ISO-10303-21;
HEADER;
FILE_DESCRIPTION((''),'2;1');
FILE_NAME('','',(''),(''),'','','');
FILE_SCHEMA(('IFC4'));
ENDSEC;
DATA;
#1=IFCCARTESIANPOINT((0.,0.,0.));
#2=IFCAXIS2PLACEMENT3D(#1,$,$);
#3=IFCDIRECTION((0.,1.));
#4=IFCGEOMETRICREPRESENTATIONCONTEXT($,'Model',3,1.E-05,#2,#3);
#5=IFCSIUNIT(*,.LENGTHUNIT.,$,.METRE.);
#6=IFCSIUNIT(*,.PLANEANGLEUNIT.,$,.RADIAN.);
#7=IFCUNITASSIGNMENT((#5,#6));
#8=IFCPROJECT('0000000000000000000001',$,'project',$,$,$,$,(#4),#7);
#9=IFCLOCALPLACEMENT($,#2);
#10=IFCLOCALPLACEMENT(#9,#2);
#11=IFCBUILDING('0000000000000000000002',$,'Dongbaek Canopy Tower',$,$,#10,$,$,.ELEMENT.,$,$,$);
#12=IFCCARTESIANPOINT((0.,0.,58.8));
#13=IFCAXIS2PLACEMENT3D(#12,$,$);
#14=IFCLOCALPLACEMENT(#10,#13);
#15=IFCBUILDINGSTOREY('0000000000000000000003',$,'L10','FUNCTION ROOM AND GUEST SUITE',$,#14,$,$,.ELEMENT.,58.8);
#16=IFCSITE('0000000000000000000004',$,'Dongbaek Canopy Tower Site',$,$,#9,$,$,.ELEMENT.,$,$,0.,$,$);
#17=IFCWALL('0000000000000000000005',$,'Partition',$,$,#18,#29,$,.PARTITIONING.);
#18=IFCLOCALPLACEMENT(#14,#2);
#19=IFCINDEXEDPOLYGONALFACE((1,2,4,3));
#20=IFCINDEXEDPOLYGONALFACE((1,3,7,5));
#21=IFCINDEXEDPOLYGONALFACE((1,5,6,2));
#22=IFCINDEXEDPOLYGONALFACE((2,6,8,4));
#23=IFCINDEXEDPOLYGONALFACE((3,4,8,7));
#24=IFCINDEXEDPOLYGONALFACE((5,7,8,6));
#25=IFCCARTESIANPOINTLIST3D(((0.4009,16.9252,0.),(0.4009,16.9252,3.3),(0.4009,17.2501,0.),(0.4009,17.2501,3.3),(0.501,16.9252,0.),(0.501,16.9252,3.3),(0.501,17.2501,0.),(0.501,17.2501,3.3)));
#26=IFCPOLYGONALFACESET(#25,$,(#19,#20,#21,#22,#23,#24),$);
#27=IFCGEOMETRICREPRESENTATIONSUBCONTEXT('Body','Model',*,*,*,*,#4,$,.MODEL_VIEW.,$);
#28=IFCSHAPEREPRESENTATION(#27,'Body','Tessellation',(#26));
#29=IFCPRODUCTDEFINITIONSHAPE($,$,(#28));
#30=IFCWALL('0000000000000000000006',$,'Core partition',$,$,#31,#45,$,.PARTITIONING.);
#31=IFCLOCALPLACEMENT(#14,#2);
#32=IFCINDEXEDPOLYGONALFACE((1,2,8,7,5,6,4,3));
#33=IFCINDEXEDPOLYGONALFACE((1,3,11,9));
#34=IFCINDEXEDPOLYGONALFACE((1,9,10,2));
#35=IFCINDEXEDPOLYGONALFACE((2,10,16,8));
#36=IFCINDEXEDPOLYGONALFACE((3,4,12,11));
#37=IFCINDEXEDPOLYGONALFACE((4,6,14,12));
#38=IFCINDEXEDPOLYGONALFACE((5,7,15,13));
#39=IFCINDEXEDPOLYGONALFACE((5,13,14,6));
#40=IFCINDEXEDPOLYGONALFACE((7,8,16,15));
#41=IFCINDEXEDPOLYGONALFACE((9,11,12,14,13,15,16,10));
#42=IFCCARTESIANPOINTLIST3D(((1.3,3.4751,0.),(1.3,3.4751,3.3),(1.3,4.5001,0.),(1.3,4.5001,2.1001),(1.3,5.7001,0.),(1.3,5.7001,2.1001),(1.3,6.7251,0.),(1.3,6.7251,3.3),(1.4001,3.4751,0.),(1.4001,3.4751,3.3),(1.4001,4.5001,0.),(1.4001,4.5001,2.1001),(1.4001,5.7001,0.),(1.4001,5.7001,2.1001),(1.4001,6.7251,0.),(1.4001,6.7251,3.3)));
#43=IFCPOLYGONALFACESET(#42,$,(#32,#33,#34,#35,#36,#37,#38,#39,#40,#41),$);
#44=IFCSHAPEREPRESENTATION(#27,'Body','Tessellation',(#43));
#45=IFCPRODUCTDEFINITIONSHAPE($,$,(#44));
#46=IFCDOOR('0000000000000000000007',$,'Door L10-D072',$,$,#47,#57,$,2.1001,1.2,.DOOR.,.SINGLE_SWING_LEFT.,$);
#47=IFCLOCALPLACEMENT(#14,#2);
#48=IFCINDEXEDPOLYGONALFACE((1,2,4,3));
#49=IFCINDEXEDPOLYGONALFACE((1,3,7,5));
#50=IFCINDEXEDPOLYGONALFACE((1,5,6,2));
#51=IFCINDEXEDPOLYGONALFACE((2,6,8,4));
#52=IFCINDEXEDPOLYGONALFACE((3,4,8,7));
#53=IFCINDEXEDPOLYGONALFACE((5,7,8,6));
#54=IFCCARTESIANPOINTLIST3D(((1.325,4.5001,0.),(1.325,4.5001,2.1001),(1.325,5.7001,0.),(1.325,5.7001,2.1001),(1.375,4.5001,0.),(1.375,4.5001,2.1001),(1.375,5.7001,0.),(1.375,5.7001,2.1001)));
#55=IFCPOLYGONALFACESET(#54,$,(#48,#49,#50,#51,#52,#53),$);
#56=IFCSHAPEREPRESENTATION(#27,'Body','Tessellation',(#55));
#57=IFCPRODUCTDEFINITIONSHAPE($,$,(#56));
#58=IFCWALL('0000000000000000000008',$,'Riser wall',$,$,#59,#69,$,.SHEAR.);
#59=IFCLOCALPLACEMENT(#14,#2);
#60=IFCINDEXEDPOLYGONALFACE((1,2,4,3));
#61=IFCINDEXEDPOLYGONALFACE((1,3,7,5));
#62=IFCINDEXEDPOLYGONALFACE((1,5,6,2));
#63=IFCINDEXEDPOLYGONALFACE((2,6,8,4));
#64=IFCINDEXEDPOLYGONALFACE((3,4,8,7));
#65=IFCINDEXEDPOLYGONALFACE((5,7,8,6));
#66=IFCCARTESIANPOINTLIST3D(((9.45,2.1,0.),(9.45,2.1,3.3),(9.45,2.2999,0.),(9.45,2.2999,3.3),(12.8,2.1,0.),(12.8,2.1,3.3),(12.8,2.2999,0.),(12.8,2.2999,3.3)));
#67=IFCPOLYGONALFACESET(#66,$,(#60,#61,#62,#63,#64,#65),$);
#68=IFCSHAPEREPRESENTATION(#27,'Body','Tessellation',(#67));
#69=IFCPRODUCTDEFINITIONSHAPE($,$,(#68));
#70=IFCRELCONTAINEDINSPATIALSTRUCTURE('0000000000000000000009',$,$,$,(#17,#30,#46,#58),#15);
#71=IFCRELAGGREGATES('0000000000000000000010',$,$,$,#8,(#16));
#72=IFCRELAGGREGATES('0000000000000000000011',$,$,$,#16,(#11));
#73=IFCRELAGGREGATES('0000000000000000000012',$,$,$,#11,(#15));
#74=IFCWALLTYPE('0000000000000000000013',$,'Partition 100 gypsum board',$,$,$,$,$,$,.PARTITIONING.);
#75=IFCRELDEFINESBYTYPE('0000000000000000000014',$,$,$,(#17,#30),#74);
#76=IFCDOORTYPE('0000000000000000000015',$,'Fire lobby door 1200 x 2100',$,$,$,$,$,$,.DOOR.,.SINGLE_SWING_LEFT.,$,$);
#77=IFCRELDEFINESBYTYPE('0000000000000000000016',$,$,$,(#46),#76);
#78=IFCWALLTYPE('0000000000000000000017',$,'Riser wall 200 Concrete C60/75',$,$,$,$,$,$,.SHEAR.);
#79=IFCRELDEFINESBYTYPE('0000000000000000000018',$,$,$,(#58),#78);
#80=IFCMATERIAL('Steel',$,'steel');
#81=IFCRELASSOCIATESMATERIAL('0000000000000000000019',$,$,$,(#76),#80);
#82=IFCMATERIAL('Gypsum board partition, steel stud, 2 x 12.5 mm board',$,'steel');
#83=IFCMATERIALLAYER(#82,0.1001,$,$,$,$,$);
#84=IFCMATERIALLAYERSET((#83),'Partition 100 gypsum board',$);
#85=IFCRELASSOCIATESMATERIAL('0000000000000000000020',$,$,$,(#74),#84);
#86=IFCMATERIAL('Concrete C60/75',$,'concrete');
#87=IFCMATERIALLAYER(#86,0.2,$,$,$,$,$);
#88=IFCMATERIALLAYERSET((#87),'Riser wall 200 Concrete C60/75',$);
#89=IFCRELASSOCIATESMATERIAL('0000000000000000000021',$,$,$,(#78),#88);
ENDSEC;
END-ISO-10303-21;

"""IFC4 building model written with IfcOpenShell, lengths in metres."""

from ifc_helpers import new_model, si_unit, direction, frame, frame_2d, origin, place, context, subcontext, project, spatial, rectangle, extrude, material, layer, layer_set, type_object, element, fill, save


model = new_model("IFC4")

# Units and contexts
model_context = context("Model", 3, precision=1e-05, world=origin(), true_north=direction((0.0, 1.0)))
body_context = subcontext(model_context, "Body", "Model", "MODEL_VIEW")
ifc_project = project(units=[si_unit("LENGTHUNIT", "METRE"), si_unit("PLANEANGLEUNIT", "RADIAN")], contexts=[model_context])

# Site, building, storey
site_placement = place(None, origin())
site = spatial("IfcSite", under=ifc_project, at=site_placement, Name="Dongbaek Canopy Tower Site", CompositionType="ELEMENT", RefElevation=0.0)
building_placement = place(site_placement, origin())
building = spatial("IfcBuilding", under=site, at=building_placement, Name="Dongbaek Canopy Tower", CompositionType="ELEMENT")
storey_placement = place(building_placement, frame((0.0, 0.0, 58.8)))
storey = spatial("IfcBuildingStorey", under=building, at=storey_placement, Name="L10", Description="FUNCTION ROOM AND GUEST SUITE", CompositionType="ELEMENT", Elevation=58.8)

# Shared definitions
ifc_material_1 = material(Name="Steel", Category="steel")
door_type_1 = type_object("IfcDoorType", Name="Fire lobby door 1200 x 2100", OperationType="SINGLE_SWING_LEFT", PredefinedType="DOOR", material=ifc_material_1)

# Wall
ifc_material_2 = material(Name="Gypsum board partition, steel stud, 2 x 12.5 mm board", Category="steel")
ifc_layer_1 = layer(ifc_material_2, 0.1001)
ifc_layer_set_1 = layer_set([ifc_layer_1], Name="Partition 100 gypsum board")
wall_type_1 = type_object("IfcWallType", Name="Partition 100 gypsum board", PredefinedType="PARTITIONING", material=ifc_layer_set_1)
wall_1_placement = place(storey_placement, frame((0.4509, 16.925, 0.0), z_axis=(0.0, 0.0, 1.0), x_axis=(0.0, 1.0, 0.0)))
element("IfcWall", 1, at=wall_1_placement, inside=storey, type_object=wall_type_1, Name="Partition", PredefinedType="PARTITIONING", context=body_context, shape_type="SweptSolid", body=[
    extrude(rectangle(XDim=0.325, YDim=0.1001, at=frame_2d((0.1626, 0.0))), origin(), (0.0, 0.0, 1.0), 3.3),
])

# Wall, opening, door
wall_2_placement = place(storey_placement, frame((1.3501, 6.7251, 0.0), z_axis=(0.0, 0.0, 1.0), x_axis=(0.0, -1.0, 0.0)))
wall_2 = element("IfcWall", 2, at=wall_2_placement, inside=storey, type_object=wall_type_1, Name="Core partition", PredefinedType="PARTITIONING", context=body_context, shape_type="SweptSolid", body=[
    extrude(rectangle(XDim=3.25, YDim=0.1001, at=frame_2d((1.625, 0.0))), origin(), (0.0, 0.0, 1.0), 3.3),
])
opening_1_placement = place(wall_2_placement, frame((1.0249, 0.0, 0.0)))
opening_1 = element("IfcOpeningElement", 3, at=opening_1_placement, cuts=wall_2, PredefinedType="OPENING", context=body_context, shape_type="SweptSolid", body=[
    extrude(rectangle(XDim=1.2, YDim=2.1001, at=frame_2d((0.6001, 1.05))), frame((0.0, 0.0601, 0.0), z_axis=(0.0, -1.0, 0.0), x_axis=(1.0, 0.0, 0.0)), (0.0, 0.0, 1.0), 0.1201),
])
door_1_placement = place(opening_1_placement, origin())
door_1 = element("IfcDoor", 4, at=door_1_placement, inside=storey, type_object=door_type_1, Name="Door L10-D072", OperationType="SINGLE_SWING_LEFT", OverallHeight=2.1001, OverallWidth=1.2, PredefinedType="DOOR", context=body_context, shape_type="SweptSolid", body=[
    extrude(rectangle(XDim=1.2, YDim=2.1001, at=frame_2d((0.6001, 1.05))), frame((0.0, 0.0249, 0.0), z_axis=(0.0, -1.0, 0.0), x_axis=(1.0, 0.0, 0.0)), (0.0, 0.0, 1.0), 0.05),
])
fill(opening_1, door_1)

# Wall
ifc_material_3 = material(Name="Concrete C60/75", Category="concrete")
ifc_layer_2 = layer(ifc_material_3, 0.2)
ifc_layer_set_2 = layer_set([ifc_layer_2], Name="Riser wall 200 Concrete C60/75")
wall_type_2 = type_object("IfcWallType", Name="Riser wall 200 Concrete C60/75", PredefinedType="SHEAR", material=ifc_layer_set_2)
wall_3_placement = place(storey_placement, frame((9.45, 2.2, 0.0), z_axis=(0.0, 0.0, 1.0), x_axis=(1.0, 0.0, 0.0)))
element("IfcWall", 5, at=wall_3_placement, inside=storey, type_object=wall_type_2, Name="Riser wall", PredefinedType="SHEAR", context=body_context, shape_type="SweptSolid", body=[
    extrude(rectangle(XDim=3.3501, YDim=0.2, at=frame_2d((1.675, 0.0))), origin(), (0.0, 0.0, 1.0), 3.3),
])

save(model, "model.ifc")
